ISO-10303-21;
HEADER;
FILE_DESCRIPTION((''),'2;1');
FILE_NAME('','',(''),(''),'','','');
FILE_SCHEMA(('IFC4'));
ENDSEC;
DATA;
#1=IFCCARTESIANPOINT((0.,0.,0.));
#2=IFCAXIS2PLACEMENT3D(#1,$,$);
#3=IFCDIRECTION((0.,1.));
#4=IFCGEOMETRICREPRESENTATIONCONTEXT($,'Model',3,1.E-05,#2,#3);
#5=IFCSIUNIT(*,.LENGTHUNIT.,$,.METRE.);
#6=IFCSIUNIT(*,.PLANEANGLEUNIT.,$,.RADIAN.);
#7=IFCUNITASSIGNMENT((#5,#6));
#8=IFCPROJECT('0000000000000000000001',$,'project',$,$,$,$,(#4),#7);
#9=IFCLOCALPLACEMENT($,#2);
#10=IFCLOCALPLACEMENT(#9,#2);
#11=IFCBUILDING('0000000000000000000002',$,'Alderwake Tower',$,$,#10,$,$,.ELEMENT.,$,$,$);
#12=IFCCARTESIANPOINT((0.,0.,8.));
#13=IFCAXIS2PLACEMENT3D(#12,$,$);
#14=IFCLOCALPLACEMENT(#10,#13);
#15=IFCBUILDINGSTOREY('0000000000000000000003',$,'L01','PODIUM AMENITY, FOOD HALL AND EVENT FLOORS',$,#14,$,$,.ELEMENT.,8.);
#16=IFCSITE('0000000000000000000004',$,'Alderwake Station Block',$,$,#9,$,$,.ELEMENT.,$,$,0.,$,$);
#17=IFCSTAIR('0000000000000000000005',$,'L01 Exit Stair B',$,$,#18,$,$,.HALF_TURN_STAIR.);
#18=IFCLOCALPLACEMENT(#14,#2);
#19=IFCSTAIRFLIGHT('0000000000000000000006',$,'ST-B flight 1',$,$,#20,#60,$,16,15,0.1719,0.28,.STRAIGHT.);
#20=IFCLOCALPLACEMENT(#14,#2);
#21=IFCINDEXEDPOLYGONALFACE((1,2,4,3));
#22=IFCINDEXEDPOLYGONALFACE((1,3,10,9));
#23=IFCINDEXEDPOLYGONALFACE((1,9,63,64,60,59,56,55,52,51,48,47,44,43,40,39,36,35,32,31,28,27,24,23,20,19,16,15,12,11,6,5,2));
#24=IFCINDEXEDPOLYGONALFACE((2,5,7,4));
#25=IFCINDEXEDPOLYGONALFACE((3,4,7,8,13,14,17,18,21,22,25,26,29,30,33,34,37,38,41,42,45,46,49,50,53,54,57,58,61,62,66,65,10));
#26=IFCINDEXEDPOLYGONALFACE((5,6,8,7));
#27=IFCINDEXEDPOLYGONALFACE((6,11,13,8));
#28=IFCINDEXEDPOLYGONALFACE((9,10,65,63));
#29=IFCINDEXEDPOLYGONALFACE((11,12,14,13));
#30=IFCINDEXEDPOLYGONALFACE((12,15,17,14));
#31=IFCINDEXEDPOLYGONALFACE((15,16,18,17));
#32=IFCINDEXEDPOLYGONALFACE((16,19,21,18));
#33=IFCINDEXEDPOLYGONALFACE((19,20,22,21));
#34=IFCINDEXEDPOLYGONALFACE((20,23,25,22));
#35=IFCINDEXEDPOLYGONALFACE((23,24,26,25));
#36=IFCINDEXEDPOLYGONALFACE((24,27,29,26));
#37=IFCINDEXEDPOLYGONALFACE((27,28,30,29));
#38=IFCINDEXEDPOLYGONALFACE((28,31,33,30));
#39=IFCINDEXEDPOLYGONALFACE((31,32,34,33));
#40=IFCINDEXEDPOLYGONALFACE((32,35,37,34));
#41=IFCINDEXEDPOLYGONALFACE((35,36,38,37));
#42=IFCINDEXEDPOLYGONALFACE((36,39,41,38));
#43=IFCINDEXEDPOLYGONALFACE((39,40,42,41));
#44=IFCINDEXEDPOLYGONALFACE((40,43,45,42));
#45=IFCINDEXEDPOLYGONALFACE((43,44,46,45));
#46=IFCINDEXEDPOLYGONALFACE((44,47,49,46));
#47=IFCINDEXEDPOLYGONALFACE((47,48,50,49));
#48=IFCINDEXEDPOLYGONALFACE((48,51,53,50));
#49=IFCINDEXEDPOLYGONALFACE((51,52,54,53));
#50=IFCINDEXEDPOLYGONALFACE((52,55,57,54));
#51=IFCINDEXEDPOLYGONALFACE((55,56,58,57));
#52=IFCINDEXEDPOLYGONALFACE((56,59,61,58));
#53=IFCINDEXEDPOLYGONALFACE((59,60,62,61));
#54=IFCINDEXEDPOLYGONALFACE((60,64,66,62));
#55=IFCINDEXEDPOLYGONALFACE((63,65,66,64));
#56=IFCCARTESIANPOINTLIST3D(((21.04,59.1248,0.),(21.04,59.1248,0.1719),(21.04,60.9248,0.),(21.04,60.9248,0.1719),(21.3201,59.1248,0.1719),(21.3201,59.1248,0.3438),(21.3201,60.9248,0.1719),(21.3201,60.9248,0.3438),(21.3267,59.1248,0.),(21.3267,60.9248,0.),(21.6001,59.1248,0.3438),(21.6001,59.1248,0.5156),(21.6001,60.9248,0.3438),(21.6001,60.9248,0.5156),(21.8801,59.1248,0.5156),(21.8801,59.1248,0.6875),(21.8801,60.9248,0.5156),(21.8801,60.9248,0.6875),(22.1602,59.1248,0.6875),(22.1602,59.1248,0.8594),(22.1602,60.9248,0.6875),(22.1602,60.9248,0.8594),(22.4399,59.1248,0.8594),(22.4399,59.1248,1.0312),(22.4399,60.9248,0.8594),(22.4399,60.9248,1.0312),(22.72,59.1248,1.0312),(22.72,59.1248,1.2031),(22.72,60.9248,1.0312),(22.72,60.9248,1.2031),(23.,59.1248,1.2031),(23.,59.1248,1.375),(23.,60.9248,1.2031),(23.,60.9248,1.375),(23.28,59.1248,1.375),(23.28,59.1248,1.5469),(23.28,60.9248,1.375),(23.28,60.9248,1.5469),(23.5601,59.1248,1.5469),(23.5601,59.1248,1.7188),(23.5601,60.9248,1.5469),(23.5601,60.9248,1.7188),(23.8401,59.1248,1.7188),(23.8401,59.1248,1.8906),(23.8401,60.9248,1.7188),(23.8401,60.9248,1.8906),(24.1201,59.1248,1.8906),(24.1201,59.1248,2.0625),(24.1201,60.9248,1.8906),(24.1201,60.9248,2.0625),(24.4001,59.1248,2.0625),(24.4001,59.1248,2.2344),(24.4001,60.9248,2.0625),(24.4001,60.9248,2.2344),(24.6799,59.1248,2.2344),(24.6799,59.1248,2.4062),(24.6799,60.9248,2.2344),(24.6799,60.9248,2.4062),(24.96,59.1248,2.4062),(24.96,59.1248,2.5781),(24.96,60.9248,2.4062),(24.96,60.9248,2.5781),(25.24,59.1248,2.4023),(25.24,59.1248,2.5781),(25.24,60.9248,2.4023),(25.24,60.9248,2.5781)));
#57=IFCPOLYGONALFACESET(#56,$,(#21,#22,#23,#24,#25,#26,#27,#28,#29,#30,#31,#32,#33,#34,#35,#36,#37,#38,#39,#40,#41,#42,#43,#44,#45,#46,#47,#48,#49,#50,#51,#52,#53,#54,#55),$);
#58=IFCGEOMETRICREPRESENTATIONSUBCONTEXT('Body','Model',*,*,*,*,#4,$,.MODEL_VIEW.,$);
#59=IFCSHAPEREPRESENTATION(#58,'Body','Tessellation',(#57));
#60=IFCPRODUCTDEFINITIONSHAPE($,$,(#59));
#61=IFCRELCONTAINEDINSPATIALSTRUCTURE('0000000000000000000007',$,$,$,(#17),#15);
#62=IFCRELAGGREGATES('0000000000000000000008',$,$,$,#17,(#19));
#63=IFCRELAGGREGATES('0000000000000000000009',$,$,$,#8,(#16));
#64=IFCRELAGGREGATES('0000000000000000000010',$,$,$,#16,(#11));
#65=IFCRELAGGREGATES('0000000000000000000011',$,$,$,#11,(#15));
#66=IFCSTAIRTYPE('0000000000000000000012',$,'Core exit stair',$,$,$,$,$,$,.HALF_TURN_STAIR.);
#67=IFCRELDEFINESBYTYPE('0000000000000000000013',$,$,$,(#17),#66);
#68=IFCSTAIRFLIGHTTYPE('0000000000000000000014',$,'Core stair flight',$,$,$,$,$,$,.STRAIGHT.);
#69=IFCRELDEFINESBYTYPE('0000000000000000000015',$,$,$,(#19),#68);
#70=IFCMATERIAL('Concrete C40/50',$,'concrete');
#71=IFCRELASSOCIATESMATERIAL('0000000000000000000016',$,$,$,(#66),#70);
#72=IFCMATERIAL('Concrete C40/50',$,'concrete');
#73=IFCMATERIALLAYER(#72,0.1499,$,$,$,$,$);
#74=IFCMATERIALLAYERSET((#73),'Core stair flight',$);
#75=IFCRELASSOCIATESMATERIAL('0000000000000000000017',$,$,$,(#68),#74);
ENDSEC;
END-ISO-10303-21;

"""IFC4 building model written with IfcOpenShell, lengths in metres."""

from ifc_helpers import new_model, si_unit, direction, frame, origin, place, context, subcontext, project, spatial, polyline, outline, extrude, material, layer, layer_set, type_object, element, aggregate, save


model = new_model("IFC4")

# Units and contexts
model_context = context("Model", 3, precision=1e-05, world=origin(), true_north=direction((0.0, 1.0)))
body_context = subcontext(model_context, "Body", "Model", "MODEL_VIEW")
ifc_project = project(units=[si_unit("LENGTHUNIT", "METRE"), si_unit("PLANEANGLEUNIT", "RADIAN")], contexts=[model_context])

# Site, building, storey
site_placement = place(None, origin())
site = spatial("IfcSite", under=ifc_project, at=site_placement, Name="Alderwake Station Block", CompositionType="ELEMENT", RefElevation=0.0)
building_placement = place(site_placement, origin())
building = spatial("IfcBuilding", under=site, at=building_placement, Name="Alderwake Tower", CompositionType="ELEMENT")
storey_placement = place(building_placement, frame((0.0, 0.0, 8.0)))
storey = spatial("IfcBuildingStorey", under=building, at=storey_placement, Name="L01", Description="PODIUM AMENITY, FOOD HALL AND EVENT FLOORS", CompositionType="ELEMENT", Elevation=8.0)

# Stair, stair flight
ifc_material_1 = material(Name="Concrete C40/50", Category="concrete")
stair_type = type_object("IfcStairType", Name="Core exit stair", PredefinedType="HALF_TURN_STAIR", material=ifc_material_1)
stair_placement = place(storey_placement, origin())
stair = element("IfcStair", 1, at=stair_placement, inside=storey, type_object=stair_type, Name="L01 Exit Stair B", PredefinedType="HALF_TURN_STAIR")
ifc_material_2 = material(Name="Concrete C40/50", Category="concrete")
ifc_layer_1 = layer(ifc_material_2, 0.1499)
ifc_layer_set_1 = layer_set([ifc_layer_1], Name="Core stair flight")
stair_flight_type = type_object("IfcStairFlightType", Name="Core stair flight", PredefinedType="STRAIGHT", material=ifc_layer_set_1)
stair_flight_placement = place(storey_placement, frame((21.04, 60.0249, 0.0), z_axis=(0.0, 0.0, 1.0), x_axis=(1.0, 0.0, 0.0)))
stair_flight = element("IfcStairFlight", 2, at=stair_flight_placement, type_object=stair_flight_type, Name="ST-B flight 1", NumberOfRisers=16, NumberOfTreads=15, PredefinedType="STRAIGHT", RiserHeight=0.1719, TreadLength=0.28, context=body_context, shape_type="SweptSolid", body=[
    extrude(outline(polyline([(0.0, 0.0), (0.0, 0.1719), (0.28, 0.1719), (0.28, 0.3438), (0.5601, 0.3438), (0.5601, 0.5156), (0.8401, 0.5156), (0.8401, 0.6875), (1.1201, 0.6875), (1.1201, 0.8594), (1.3999, 0.8594), (1.3999, 1.0312), (1.6799, 1.0312), (1.6799, 1.2031), (1.96, 1.2031), (1.96, 1.375), (2.24, 1.375), (2.24, 1.5469), (2.52, 1.5469), (2.52, 1.7188), (2.8, 1.7188), (2.8, 1.8906), (3.0801, 1.8906), (3.0801, 2.0625), (3.3601, 2.0625), (3.3601, 2.2344), (3.6399, 2.2344), (3.6399, 2.4062), (3.9199, 2.4062), (3.9199, 2.5781), (4.2, 2.5781), (4.2, 2.75), (4.2, 2.4023), (0.2866, 0.0), (0.0, 0.0)])), frame((0.0, 0.8999, 0.0), z_axis=(0.0, -1.0, 0.0), x_axis=(1.0, 0.0, 0.0)), (0.0, 0.0, 1.0), 1.8),
])
aggregate(stair, [stair_flight])

save(model, "model.ifc")
